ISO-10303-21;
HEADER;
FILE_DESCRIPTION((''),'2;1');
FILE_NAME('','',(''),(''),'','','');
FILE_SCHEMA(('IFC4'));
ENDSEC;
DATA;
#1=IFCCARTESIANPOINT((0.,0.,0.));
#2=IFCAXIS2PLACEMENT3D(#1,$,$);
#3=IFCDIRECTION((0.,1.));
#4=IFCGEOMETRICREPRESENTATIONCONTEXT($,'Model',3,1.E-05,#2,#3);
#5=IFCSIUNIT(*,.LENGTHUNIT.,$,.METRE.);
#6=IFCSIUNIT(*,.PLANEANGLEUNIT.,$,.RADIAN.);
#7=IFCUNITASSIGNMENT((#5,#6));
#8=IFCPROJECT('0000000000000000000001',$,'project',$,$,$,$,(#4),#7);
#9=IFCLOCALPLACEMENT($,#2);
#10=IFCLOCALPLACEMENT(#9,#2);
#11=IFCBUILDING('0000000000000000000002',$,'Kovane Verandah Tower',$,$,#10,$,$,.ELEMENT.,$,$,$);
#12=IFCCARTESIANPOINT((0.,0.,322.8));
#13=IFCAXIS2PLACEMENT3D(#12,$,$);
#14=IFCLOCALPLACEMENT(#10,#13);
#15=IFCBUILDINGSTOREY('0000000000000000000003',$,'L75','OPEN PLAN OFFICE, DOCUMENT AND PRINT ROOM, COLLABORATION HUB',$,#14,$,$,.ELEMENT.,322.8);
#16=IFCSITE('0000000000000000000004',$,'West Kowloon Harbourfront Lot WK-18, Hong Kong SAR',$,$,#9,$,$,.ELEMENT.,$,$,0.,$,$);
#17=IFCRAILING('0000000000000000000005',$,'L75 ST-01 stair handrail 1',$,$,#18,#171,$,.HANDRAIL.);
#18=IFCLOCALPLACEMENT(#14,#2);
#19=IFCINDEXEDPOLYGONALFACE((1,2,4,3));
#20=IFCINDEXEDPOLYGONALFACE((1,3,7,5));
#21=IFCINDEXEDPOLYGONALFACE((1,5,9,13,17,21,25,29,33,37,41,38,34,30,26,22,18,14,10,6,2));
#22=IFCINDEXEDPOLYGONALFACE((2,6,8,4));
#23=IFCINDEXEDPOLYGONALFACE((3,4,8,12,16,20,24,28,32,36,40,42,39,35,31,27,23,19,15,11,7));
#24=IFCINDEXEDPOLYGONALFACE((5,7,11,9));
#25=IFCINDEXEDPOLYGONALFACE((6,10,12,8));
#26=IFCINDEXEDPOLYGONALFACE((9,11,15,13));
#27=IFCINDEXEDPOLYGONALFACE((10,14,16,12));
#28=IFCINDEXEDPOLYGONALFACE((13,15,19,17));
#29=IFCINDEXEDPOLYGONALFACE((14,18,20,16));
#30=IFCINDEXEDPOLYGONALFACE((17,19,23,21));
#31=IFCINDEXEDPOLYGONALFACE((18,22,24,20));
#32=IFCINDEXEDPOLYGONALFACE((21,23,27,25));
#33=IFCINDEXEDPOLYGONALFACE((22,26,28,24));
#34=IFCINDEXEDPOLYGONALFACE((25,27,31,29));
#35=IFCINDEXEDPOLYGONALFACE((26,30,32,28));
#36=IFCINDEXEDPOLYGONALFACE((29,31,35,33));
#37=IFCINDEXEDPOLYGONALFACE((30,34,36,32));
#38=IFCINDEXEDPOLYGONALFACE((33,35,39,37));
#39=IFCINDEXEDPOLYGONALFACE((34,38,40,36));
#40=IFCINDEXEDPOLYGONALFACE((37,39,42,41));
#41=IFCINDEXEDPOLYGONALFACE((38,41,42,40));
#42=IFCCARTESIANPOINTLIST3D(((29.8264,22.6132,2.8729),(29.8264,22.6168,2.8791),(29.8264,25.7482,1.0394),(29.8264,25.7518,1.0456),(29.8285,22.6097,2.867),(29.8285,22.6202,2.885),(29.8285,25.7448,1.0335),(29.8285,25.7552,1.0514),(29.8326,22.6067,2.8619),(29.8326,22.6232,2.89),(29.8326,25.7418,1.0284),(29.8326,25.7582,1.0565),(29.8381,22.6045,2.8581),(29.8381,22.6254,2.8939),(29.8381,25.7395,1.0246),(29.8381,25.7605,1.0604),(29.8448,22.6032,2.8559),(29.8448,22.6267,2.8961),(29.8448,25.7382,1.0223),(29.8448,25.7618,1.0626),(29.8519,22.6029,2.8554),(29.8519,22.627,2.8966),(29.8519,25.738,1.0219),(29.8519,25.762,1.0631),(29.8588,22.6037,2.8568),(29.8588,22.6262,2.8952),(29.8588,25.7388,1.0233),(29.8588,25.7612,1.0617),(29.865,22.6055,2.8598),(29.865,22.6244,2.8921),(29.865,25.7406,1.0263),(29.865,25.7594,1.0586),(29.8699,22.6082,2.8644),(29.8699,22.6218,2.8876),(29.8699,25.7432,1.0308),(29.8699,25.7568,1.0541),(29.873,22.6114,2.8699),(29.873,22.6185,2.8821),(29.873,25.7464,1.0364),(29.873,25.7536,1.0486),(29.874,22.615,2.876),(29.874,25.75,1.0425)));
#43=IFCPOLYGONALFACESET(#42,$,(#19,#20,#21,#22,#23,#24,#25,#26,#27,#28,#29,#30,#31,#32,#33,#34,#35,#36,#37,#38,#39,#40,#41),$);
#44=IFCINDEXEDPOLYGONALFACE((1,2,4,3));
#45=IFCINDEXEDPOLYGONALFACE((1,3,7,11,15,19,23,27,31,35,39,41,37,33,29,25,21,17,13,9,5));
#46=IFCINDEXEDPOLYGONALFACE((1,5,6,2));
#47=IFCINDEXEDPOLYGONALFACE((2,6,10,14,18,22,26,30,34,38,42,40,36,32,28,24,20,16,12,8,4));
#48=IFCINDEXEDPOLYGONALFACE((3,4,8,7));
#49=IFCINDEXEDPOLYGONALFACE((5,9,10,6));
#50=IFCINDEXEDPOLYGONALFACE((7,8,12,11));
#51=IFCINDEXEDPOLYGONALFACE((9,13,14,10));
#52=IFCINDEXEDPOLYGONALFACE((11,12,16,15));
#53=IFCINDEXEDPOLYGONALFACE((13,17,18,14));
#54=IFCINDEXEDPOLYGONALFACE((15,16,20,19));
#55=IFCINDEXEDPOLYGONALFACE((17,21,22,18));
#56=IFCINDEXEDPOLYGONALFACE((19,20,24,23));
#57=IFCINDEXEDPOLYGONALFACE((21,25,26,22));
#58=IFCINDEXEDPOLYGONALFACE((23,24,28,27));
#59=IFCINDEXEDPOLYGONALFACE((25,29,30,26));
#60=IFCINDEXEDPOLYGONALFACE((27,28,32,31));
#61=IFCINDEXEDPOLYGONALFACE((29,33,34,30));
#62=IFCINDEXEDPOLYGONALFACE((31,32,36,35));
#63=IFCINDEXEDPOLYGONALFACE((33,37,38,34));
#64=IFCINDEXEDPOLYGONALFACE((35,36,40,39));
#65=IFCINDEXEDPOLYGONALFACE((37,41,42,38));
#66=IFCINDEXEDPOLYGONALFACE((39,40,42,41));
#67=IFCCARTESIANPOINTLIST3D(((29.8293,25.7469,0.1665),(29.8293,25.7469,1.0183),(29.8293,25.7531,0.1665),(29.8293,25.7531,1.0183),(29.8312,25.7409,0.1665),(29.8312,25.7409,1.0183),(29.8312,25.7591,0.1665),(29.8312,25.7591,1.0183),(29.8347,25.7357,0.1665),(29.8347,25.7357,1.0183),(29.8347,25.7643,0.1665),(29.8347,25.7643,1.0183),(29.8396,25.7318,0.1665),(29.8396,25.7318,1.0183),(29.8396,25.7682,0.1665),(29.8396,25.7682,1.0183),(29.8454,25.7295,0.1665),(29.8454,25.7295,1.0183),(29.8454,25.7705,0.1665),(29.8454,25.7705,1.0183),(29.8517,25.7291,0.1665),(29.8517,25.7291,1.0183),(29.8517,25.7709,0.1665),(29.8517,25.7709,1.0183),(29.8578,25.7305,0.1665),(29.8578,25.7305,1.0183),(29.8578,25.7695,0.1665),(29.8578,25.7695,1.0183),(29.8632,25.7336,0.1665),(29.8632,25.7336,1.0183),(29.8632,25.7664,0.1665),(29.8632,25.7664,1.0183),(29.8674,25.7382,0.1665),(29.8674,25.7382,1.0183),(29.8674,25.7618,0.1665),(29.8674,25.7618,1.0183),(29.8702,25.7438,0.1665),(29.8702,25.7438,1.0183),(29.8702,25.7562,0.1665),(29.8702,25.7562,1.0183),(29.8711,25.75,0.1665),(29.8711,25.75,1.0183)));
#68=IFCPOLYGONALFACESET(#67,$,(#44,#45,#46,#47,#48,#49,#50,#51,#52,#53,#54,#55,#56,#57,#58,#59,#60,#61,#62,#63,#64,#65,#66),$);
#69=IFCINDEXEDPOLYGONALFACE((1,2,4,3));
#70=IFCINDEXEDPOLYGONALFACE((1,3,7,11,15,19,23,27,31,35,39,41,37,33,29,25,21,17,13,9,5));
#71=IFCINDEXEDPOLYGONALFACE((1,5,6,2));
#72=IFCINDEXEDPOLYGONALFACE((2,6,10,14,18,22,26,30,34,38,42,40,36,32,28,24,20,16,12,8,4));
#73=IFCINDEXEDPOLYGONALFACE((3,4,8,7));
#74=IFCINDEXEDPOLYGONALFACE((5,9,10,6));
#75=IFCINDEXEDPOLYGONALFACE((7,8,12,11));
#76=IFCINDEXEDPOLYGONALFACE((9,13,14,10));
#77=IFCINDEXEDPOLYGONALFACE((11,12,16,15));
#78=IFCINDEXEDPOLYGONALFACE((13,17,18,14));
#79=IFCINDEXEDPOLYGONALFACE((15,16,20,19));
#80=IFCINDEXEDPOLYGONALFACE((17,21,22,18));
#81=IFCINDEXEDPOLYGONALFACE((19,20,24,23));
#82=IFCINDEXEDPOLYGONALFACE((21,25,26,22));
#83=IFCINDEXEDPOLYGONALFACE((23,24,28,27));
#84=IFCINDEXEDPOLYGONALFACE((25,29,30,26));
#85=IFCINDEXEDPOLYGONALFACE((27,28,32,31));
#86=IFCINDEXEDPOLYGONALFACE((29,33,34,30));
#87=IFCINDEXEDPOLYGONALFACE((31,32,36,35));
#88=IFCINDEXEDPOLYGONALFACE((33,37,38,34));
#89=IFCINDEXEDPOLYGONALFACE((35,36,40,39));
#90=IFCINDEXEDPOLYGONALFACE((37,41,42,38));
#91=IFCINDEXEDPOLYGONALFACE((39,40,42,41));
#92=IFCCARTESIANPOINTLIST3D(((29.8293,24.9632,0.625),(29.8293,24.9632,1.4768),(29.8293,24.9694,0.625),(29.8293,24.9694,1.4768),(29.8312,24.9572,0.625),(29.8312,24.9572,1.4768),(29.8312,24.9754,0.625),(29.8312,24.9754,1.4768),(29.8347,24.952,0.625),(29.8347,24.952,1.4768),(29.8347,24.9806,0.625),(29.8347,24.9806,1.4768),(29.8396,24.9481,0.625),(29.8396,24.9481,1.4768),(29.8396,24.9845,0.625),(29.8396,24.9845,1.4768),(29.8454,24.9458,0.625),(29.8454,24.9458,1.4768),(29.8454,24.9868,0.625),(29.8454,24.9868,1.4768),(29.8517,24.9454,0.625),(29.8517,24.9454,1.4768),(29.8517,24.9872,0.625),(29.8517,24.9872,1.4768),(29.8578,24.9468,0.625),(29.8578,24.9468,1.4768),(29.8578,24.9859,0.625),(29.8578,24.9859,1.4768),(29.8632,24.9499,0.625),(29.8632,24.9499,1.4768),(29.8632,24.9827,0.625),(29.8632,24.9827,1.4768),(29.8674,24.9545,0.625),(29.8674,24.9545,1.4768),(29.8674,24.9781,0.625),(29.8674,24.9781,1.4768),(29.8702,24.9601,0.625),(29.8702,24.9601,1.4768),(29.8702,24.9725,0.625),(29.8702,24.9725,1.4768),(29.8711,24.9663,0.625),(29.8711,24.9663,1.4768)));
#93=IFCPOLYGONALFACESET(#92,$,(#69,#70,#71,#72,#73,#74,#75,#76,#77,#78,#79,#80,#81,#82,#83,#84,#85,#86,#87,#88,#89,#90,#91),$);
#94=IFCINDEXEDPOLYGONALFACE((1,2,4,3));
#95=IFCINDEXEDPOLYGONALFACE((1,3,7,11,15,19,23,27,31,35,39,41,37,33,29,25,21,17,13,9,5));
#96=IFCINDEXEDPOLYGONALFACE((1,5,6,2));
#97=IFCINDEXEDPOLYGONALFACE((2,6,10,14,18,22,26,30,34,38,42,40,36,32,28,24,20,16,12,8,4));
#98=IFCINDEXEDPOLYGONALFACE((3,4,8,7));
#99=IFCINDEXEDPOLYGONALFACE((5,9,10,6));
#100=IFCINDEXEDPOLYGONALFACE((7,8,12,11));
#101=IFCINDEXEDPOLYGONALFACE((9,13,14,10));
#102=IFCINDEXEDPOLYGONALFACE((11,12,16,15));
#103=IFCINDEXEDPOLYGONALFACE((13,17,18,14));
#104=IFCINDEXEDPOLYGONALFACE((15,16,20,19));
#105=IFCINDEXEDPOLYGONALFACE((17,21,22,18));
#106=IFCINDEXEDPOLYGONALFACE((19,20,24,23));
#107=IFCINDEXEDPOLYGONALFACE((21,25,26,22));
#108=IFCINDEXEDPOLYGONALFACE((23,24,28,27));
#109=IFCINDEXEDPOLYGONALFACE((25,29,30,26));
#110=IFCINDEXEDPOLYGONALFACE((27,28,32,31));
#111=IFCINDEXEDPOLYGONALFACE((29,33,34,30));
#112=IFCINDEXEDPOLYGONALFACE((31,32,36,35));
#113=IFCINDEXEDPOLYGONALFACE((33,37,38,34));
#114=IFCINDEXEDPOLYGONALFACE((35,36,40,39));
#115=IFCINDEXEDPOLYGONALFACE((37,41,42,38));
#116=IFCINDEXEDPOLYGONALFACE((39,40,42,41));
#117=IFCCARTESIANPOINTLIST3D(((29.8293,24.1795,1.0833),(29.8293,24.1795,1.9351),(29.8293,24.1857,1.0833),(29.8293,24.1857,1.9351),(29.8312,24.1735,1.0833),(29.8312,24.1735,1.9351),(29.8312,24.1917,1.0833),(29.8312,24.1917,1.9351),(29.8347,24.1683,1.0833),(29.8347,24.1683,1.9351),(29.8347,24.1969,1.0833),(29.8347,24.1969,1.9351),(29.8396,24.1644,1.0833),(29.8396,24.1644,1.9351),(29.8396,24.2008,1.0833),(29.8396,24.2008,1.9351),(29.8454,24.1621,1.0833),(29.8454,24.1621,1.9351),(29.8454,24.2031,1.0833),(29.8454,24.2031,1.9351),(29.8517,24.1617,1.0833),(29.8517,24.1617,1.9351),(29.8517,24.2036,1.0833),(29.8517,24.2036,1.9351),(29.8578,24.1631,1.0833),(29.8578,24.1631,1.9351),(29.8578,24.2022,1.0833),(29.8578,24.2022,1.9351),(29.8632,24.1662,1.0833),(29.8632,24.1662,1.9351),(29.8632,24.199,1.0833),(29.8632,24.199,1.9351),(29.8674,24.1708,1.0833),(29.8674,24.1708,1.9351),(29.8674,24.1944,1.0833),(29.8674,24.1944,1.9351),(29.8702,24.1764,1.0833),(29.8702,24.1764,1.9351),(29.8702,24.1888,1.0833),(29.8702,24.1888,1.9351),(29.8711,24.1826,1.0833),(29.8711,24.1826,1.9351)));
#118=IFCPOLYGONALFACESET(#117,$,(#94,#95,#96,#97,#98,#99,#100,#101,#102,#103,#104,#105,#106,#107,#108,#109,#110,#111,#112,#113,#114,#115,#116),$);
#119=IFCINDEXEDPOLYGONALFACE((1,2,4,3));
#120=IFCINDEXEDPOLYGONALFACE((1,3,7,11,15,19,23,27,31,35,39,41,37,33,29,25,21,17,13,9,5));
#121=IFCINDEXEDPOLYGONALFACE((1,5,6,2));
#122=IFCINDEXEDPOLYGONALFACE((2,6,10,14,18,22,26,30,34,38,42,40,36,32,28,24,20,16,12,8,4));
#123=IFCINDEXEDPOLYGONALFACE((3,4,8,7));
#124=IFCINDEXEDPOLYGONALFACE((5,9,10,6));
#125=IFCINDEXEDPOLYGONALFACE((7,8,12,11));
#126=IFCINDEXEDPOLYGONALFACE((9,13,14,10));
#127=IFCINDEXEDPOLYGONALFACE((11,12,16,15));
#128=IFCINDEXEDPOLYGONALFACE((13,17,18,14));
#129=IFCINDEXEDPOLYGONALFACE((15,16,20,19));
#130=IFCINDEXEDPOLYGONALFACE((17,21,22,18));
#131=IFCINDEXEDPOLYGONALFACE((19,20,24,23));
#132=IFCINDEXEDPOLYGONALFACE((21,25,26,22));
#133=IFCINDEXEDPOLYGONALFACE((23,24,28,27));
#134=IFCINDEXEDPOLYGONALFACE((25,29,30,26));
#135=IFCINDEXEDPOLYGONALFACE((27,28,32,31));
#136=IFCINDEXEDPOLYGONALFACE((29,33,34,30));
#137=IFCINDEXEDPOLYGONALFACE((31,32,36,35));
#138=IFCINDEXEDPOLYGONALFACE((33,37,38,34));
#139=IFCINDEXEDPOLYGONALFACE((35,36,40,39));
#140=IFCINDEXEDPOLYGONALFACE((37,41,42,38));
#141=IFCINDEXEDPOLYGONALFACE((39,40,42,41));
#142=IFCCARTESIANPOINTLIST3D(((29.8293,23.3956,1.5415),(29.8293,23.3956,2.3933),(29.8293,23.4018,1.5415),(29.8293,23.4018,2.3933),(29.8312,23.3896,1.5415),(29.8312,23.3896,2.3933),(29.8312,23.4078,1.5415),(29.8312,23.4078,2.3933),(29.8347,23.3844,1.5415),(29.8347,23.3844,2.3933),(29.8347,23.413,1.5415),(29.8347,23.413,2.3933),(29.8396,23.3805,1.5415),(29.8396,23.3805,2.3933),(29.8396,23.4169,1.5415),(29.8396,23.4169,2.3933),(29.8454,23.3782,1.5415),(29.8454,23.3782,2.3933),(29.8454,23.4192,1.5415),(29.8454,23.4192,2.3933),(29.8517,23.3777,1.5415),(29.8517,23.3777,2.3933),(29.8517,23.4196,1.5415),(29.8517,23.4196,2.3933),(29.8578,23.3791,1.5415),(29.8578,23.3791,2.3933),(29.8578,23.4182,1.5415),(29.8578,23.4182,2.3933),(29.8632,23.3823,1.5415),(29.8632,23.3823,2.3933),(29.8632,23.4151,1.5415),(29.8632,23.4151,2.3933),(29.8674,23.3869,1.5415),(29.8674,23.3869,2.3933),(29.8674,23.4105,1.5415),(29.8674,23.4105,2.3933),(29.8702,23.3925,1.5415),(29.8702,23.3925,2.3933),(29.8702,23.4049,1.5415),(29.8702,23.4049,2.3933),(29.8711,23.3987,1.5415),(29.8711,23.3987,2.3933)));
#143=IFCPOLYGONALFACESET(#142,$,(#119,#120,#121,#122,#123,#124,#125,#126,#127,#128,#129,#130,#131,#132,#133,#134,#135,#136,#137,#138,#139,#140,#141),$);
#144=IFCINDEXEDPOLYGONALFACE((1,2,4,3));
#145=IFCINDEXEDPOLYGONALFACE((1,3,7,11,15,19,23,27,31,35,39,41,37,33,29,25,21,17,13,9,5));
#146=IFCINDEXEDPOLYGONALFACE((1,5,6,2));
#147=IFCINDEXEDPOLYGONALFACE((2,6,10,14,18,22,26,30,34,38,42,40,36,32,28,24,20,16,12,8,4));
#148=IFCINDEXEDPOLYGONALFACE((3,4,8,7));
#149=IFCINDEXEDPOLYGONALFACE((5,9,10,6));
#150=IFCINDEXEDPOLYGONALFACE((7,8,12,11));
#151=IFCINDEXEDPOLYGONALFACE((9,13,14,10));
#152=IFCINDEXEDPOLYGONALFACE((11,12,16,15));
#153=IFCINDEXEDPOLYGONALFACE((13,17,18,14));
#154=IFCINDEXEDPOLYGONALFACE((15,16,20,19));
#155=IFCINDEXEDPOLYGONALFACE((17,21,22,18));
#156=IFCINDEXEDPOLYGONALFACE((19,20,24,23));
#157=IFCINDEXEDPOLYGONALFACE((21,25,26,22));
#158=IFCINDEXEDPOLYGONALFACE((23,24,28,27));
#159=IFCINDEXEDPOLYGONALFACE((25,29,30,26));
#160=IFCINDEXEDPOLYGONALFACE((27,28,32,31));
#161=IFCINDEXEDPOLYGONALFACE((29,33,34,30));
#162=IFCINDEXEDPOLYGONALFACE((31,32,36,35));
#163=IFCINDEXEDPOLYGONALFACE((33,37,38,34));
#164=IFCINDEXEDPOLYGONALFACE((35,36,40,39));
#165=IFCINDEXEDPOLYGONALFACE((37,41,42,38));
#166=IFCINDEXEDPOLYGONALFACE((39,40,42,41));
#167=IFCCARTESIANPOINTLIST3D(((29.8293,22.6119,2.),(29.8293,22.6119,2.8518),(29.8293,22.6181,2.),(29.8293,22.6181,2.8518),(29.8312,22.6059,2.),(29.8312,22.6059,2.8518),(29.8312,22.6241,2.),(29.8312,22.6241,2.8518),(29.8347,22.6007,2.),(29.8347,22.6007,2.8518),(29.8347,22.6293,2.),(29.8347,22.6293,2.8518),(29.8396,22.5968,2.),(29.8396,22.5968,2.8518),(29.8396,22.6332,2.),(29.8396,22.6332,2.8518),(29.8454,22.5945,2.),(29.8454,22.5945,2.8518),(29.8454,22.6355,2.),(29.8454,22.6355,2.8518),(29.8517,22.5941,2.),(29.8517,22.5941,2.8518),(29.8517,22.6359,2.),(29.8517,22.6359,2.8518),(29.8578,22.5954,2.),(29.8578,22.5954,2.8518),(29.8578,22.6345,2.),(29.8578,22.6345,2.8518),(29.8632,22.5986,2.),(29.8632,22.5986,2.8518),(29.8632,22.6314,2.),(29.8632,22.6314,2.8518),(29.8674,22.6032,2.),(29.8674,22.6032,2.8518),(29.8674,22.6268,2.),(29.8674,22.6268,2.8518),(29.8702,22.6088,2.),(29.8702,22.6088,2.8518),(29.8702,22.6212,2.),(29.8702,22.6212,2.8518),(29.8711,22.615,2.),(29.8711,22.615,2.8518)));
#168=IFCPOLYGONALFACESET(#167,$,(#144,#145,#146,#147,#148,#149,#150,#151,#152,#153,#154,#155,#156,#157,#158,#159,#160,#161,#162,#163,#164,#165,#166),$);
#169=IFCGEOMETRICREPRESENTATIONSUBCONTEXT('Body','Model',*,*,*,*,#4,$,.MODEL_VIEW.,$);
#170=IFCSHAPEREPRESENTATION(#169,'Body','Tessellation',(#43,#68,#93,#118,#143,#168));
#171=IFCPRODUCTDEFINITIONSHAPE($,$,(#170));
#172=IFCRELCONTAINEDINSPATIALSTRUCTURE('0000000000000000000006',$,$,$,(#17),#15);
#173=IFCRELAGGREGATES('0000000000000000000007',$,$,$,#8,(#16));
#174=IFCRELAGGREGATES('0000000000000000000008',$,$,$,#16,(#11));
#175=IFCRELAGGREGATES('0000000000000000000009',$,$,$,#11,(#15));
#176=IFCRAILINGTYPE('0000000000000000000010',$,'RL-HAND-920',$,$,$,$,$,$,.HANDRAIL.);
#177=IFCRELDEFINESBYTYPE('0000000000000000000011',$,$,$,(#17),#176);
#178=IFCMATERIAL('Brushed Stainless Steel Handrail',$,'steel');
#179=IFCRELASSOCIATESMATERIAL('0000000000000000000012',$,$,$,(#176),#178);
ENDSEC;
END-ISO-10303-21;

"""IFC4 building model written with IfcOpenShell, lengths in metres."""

from ifc_helpers import new_model, si_unit, direction, frame, origin, origin_2d, place, context, subcontext, project, spatial, circle, extrude, material, type_object, element, save


model = new_model("IFC4")

# Units and contexts
model_context = context("Model", 3, precision=1e-05, world=origin(), true_north=direction((0.0, 1.0)))
body_context = subcontext(model_context, "Body", "Model", "MODEL_VIEW")
ifc_project = project(units=[si_unit("LENGTHUNIT", "METRE"), si_unit("PLANEANGLEUNIT", "RADIAN")], contexts=[model_context])

# Site, building, storey
site_placement = place(None, origin())
site = spatial("IfcSite", under=ifc_project, at=site_placement, Name="West Kowloon Harbourfront Lot WK-18, Hong Kong SAR", CompositionType="ELEMENT", RefElevation=0.0)
building_placement = place(site_placement, origin())
building = spatial("IfcBuilding", under=site, at=building_placement, Name="Kovane Verandah Tower", CompositionType="ELEMENT")
storey_placement = place(building_placement, frame((0.0, 0.0, 322.8)))
storey = spatial("IfcBuildingStorey", under=building, at=storey_placement, Name="L75", Description="OPEN PLAN OFFICE, DOCUMENT AND PRINT ROOM, COLLABORATION HUB", CompositionType="ELEMENT", Elevation=322.8)

# Railing
ifc_material_1 = material(Name="Brushed Stainless Steel Handrail", Category="steel")
railing_type_1 = type_object("IfcRailingType", Name="RL-HAND-920", PredefinedType="HANDRAIL", material=ifc_material_1)
railing_1_placement = place(storey_placement, frame((29.8501, 25.75, 0.1665)))
element("IfcRailing", 1, at=railing_1_placement, inside=storey, type_object=railing_type_1, Name="L75 ST-01 stair handrail 1", PredefinedType="HANDRAIL", context=body_context, shape_type="SweptSolid", body=[
    extrude(circle(Radius=0.0239, at=origin_2d()), frame((0.0, 0.0, 0.876), z_axis=(0.0, -0.86321, 0.504845), x_axis=(1.0, 0.0, 0.0)), (0.0, 0.0, 1.0), 3.6318),
    extrude(circle(Radius=0.021, at=origin_2d()), origin(), (0.0, 0.0, 1.0), 0.8518),
    extrude(circle(Radius=0.021, at=origin_2d()), frame((0.0, -0.7837, 0.4585)), (0.0, 0.0, 1.0), 0.8518),
    extrude(circle(Radius=0.021, at=origin_2d()), frame((0.0, -1.5674, 0.9167)), (0.0, 0.0, 1.0), 0.8518),
    extrude(circle(Radius=0.021, at=origin_2d()), frame((0.0, -2.3513, 1.375)), (0.0, 0.0, 1.0), 0.8518),
    extrude(circle(Radius=0.021, at=origin_2d()), frame((0.0, -3.135, 1.8335)), (0.0, 0.0, 1.0), 0.8518),
])

save(model, "model.ifc")
